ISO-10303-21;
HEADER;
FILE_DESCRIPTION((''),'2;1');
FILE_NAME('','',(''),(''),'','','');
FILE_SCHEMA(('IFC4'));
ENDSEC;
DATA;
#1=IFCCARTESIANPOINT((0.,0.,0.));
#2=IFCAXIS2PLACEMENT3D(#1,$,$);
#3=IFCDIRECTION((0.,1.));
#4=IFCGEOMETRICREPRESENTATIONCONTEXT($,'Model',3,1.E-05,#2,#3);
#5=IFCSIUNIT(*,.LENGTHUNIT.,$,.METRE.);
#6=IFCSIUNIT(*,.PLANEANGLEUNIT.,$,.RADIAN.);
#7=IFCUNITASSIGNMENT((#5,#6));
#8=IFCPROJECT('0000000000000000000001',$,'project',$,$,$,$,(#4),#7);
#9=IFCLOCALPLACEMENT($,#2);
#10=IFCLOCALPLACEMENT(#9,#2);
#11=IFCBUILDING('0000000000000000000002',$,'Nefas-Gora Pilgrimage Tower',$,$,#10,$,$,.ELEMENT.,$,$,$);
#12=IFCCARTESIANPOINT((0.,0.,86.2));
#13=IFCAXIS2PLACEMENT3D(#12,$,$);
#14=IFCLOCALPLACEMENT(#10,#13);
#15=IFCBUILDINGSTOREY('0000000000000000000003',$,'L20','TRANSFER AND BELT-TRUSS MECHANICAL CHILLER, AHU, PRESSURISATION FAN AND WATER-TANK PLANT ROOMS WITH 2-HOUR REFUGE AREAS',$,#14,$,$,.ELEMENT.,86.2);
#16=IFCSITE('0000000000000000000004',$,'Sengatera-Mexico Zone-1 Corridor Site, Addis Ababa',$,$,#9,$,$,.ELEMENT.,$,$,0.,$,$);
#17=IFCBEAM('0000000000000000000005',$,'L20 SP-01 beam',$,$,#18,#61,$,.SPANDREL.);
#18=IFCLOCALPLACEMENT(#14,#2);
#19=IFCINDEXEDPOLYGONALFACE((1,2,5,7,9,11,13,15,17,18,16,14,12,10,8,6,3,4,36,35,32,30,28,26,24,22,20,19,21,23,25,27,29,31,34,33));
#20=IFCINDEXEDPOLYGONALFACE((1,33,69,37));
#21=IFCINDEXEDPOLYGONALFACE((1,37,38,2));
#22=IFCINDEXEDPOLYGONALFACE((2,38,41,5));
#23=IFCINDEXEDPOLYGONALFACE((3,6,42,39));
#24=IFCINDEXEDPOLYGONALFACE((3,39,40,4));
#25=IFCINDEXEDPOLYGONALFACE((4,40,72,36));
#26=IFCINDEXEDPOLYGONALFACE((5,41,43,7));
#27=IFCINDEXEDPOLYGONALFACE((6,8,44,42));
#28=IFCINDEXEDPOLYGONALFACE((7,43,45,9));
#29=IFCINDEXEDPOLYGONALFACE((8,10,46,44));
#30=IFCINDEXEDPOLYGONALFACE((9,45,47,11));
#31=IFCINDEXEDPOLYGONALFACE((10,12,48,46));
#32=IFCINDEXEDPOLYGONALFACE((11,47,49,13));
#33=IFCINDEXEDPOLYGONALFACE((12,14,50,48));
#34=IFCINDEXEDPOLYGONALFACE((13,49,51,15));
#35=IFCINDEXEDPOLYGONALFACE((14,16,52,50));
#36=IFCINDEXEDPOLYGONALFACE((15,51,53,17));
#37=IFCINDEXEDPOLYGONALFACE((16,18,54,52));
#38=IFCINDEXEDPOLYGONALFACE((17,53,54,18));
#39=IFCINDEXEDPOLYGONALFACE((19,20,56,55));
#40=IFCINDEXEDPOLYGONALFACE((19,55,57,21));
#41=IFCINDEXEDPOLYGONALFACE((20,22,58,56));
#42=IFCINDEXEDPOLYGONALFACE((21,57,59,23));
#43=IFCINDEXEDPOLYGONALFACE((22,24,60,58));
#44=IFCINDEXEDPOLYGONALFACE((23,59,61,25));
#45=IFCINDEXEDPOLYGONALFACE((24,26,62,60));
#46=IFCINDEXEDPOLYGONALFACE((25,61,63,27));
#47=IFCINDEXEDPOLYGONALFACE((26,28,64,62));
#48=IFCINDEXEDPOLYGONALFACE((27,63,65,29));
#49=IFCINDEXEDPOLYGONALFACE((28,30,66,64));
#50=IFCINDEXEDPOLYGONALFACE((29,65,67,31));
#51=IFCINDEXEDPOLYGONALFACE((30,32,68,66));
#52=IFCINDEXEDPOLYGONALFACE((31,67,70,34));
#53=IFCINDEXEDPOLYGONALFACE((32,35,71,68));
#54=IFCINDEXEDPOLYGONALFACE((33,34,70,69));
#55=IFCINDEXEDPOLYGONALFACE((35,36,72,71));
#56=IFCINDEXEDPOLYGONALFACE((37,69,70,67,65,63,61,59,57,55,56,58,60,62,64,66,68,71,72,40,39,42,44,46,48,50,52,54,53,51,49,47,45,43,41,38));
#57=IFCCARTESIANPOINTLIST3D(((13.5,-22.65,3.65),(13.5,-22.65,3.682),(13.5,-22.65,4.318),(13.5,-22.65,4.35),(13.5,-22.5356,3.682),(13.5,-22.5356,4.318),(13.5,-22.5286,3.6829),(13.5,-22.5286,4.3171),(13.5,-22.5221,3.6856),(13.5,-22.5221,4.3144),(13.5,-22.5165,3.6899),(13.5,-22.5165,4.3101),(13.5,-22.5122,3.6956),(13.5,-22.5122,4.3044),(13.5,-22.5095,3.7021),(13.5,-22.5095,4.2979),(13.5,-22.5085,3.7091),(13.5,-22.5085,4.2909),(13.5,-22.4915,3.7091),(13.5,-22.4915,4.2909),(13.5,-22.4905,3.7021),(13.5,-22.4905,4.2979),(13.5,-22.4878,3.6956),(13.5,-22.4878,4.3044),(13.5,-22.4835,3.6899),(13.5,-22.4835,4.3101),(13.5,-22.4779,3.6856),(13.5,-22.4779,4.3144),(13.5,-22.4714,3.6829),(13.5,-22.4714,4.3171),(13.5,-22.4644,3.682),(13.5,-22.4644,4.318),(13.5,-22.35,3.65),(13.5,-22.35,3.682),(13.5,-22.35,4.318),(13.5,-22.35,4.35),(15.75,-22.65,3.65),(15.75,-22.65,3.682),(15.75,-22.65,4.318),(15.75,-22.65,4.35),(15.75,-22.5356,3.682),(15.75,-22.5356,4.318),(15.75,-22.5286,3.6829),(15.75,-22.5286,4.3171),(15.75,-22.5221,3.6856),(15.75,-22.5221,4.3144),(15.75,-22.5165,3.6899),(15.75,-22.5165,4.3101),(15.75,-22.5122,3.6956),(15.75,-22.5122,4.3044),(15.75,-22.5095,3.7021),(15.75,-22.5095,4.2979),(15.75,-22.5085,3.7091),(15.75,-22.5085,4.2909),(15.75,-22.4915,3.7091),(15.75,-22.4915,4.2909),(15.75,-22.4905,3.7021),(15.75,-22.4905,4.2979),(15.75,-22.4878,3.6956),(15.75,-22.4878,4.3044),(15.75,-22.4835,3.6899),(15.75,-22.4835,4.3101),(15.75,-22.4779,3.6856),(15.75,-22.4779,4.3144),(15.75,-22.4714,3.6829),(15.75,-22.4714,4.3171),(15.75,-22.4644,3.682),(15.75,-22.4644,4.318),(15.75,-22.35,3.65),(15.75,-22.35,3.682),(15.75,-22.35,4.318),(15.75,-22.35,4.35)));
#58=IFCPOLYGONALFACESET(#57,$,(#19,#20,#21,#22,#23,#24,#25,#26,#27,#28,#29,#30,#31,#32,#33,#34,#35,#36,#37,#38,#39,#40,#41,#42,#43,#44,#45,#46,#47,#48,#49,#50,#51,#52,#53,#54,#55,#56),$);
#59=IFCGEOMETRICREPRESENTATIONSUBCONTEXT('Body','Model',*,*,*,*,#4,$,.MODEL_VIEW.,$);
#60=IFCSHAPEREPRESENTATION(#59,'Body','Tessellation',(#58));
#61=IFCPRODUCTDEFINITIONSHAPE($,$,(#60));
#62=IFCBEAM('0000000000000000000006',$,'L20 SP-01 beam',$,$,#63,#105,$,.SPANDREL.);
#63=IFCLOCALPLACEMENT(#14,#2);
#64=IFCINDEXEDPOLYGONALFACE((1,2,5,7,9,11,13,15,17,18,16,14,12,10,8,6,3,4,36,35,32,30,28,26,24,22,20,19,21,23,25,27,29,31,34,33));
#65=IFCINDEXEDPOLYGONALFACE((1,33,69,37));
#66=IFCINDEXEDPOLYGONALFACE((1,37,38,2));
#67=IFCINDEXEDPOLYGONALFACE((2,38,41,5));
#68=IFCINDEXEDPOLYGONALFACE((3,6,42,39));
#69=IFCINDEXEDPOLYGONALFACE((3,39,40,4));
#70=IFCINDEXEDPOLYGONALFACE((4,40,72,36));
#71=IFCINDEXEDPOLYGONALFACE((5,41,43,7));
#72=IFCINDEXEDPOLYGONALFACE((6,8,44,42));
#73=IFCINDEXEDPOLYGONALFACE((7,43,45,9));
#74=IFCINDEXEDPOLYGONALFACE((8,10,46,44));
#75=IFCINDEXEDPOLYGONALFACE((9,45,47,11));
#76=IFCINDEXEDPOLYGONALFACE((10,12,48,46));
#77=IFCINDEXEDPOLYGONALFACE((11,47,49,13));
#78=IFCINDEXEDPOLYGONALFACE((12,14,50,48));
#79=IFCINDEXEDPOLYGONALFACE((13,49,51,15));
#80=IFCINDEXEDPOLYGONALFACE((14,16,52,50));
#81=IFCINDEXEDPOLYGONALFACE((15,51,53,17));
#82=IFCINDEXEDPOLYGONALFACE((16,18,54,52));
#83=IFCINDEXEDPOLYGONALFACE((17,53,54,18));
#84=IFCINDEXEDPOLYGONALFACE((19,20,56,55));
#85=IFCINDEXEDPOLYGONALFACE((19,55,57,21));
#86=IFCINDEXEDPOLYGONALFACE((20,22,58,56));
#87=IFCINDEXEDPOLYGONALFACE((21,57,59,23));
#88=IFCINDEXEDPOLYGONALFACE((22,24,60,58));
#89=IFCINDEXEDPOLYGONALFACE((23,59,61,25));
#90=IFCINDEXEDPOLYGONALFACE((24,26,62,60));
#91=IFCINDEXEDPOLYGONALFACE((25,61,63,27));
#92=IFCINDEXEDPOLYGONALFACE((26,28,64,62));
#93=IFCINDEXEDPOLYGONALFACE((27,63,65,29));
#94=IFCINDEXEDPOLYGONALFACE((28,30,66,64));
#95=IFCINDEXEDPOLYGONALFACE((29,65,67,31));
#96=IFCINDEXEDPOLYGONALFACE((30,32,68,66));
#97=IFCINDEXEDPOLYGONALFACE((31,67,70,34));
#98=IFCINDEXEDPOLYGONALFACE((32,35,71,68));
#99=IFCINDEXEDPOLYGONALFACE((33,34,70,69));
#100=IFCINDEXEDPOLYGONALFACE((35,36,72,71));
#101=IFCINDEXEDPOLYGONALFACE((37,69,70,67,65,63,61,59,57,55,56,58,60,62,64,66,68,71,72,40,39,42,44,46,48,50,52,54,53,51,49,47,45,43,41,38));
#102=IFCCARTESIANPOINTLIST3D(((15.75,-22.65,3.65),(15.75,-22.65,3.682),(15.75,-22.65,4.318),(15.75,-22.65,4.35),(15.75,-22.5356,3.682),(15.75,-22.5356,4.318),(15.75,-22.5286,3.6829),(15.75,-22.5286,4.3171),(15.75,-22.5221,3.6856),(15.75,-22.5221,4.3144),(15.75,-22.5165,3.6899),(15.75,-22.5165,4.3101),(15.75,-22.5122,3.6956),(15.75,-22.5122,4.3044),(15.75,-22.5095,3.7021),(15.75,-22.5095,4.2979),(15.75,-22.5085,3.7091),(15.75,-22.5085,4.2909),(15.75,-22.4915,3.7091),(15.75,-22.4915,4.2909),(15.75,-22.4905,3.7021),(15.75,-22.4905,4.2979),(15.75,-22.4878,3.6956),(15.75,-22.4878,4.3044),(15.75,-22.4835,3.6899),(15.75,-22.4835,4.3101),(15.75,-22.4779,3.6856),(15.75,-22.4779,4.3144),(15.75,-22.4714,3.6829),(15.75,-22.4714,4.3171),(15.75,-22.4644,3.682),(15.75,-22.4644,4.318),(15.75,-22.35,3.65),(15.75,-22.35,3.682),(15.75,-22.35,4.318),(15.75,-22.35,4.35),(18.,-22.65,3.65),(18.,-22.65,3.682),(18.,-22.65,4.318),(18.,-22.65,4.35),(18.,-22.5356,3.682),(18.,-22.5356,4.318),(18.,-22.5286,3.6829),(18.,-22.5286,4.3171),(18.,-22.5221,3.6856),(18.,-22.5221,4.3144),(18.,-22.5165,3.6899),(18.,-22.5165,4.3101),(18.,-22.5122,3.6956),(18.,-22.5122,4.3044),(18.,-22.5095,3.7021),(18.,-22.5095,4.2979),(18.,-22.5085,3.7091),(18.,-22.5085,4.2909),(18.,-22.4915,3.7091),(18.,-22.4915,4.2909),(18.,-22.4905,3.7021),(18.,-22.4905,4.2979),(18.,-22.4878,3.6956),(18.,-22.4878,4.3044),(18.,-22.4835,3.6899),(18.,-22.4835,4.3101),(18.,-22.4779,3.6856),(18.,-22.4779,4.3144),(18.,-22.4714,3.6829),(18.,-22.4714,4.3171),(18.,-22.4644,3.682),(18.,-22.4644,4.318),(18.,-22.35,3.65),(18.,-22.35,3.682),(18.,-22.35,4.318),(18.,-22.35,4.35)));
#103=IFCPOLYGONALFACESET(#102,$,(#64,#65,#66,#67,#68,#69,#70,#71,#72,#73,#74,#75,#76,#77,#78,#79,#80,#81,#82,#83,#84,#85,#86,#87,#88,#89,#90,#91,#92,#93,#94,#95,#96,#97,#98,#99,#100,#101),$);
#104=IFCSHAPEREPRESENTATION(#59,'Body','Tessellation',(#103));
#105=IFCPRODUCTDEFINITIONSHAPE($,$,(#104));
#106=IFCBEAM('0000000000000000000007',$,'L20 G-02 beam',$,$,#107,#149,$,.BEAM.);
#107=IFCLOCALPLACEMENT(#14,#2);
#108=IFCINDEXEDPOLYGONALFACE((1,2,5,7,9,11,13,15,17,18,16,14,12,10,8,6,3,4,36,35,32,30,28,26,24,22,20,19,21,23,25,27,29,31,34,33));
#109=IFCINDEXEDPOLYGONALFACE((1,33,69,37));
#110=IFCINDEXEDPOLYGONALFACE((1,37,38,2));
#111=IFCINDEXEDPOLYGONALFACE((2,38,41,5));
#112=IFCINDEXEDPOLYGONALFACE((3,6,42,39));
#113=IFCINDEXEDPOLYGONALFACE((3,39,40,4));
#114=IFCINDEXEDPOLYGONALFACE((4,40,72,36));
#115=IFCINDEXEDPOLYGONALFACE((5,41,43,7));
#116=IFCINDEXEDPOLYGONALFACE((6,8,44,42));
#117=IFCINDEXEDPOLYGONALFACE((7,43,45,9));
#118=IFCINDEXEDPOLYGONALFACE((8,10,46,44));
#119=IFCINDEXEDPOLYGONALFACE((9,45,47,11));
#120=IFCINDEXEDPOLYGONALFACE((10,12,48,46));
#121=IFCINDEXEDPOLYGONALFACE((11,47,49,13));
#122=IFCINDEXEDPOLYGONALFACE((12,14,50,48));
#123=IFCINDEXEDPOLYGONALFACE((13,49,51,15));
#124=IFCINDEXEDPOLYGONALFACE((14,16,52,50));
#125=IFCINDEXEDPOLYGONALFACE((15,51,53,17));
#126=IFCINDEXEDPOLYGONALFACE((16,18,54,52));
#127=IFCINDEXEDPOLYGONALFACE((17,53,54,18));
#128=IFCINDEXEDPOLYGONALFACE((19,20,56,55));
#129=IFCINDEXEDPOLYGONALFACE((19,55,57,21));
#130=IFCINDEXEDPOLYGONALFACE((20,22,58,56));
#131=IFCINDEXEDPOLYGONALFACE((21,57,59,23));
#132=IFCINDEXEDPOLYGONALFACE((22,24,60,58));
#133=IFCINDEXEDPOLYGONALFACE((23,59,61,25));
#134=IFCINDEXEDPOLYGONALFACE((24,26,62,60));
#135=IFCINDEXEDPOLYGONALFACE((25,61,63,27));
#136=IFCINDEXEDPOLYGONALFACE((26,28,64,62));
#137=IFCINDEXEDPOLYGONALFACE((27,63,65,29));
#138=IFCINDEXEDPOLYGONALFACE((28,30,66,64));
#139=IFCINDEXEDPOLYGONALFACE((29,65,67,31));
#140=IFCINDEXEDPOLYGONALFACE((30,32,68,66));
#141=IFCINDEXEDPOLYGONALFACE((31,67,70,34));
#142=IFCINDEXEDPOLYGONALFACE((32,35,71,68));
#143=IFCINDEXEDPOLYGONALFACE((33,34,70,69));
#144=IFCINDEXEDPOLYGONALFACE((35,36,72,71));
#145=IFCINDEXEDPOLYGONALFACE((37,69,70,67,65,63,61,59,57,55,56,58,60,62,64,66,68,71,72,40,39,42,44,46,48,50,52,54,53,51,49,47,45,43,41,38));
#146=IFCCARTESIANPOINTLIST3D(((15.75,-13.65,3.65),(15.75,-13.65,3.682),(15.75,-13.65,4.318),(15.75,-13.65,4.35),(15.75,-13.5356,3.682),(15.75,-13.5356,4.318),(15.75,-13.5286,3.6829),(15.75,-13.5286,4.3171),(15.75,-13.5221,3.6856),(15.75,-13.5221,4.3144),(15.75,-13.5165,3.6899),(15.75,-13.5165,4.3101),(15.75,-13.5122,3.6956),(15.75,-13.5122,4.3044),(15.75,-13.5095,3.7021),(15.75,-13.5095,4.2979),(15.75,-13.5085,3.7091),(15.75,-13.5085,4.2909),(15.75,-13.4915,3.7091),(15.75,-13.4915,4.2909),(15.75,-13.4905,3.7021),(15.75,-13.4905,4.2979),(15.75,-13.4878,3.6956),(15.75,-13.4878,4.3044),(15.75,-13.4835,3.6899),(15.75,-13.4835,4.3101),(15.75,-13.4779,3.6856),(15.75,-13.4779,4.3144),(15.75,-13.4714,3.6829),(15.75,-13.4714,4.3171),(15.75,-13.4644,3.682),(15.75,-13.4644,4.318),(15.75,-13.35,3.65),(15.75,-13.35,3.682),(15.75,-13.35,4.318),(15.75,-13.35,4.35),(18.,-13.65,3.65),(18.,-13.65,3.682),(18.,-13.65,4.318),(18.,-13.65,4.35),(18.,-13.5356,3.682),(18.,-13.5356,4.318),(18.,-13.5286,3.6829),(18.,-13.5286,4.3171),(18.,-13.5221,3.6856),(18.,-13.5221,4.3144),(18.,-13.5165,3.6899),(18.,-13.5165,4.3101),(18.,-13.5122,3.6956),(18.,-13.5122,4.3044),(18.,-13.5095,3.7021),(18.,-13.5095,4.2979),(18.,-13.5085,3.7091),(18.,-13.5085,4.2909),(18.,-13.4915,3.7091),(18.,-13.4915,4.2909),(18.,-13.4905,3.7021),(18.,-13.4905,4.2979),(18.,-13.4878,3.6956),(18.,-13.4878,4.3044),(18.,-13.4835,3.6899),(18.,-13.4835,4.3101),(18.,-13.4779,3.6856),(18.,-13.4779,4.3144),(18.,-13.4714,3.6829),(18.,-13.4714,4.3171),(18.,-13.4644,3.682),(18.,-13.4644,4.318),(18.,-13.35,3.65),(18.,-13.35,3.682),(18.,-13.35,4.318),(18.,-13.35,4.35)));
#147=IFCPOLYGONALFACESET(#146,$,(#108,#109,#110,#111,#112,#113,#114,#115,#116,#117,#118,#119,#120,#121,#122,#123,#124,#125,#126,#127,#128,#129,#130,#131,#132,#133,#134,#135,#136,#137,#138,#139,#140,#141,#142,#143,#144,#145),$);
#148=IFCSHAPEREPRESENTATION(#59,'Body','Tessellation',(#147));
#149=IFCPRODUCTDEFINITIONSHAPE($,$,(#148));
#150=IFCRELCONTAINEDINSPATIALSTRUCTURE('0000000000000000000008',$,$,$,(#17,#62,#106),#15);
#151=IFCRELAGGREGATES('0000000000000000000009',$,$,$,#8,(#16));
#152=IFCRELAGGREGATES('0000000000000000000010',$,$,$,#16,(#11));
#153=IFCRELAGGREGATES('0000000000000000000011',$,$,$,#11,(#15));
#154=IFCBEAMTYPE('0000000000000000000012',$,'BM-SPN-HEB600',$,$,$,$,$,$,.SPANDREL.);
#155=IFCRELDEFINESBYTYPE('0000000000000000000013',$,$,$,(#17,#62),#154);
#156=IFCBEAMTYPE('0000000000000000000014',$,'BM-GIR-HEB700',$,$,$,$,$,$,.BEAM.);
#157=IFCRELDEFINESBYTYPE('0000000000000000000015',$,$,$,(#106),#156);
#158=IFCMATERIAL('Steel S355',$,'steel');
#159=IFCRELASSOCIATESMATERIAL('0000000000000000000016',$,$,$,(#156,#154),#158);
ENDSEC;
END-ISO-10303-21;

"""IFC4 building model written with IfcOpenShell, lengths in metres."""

from ifc_helpers import new_model, si_unit, direction, frame, origin, origin_2d, place, context, subcontext, project, spatial, i_section, extrude, source, transform, mapped, material, material_profile, profile_set, type_object, element, save


model = new_model("IFC4")

# Units and contexts
model_context = context("Model", 3, precision=1e-05, world=origin(), true_north=direction((0.0, 1.0)))
body_context = subcontext(model_context, "Body", "Model", "MODEL_VIEW")
ifc_project = project(units=[si_unit("LENGTHUNIT", "METRE"), si_unit("PLANEANGLEUNIT", "RADIAN")], contexts=[model_context])

# Site, building, storey
site_placement = place(None, origin())
site = spatial("IfcSite", under=ifc_project, at=site_placement, Name="Sengatera-Mexico Zone-1 Corridor Site, Addis Ababa", CompositionType="ELEMENT", RefElevation=0.0)
building_placement = place(site_placement, origin())
building = spatial("IfcBuilding", under=site, at=building_placement, Name="Nefas-Gora Pilgrimage Tower", CompositionType="ELEMENT")
storey_placement = place(building_placement, frame((0.0, 0.0, 86.2)))
storey = spatial("IfcBuildingStorey", under=building, at=storey_placement, Name="L20", Description="TRANSFER AND BELT-TRUSS MECHANICAL CHILLER, AHU, PRESSURISATION FAN AND WATER-TANK PLANT ROOMS WITH 2-HOUR REFUGE AREAS", CompositionType="ELEMENT", Elevation=86.2)

# Beams
ifc_material_1 = material(Name="Steel S355", Category="steel")
ifc_material_profile_1 = material_profile(ifc_material_1, i_section(OverallWidth=0.3, OverallDepth=0.7, WebThickness=0.0171, FlangeThickness=0.032, FilletRadius=0.0271, at=origin_2d()), Name="HEB 700")
ifc_profile_set_1 = profile_set([ifc_material_profile_1], Name="Steel S355")
beam_type_1 = type_object("IfcBeamType", Name="BM-GIR-HEB700", PredefinedType="BEAM", material=ifc_profile_set_1)
ifc_material_profile_2 = material_profile(ifc_material_1, i_section(OverallWidth=0.3, OverallDepth=0.7, WebThickness=0.0171, FlangeThickness=0.032, FilletRadius=0.0271, at=origin_2d()), Name="HEB 700")
ifc_profile_set_2 = profile_set([ifc_material_profile_2], Name="Steel S355")
beam_type_2 = type_object("IfcBeamType", Name="BM-SPN-HEB600", PredefinedType="SPANDREL", material=ifc_profile_set_2)
shared_shape_1 = source(origin(), body_context, "Body", "SweptSolid", [
    extrude(i_section(OverallWidth=0.3, OverallDepth=0.7, WebThickness=0.0171, FlangeThickness=0.032, FilletRadius=0.0271, at=origin_2d()), origin(), (0.0, 0.0, 1.0), 2.25),
])
for number, where, z_axis, x_axis, name in (
    (1, (13.5, -22.5, 4.0), (1.0, 0.0, 0.0), (0.0, 1.0, 0.0), "L20 SP-01 beam"),
    (2, (15.75, -22.5, 4.0), (1.0, 0.0, 0.0), (0.0, 1.0, 0.0), "L20 SP-01 beam"),
):
    element("IfcBeam", number, at=place(storey_placement, frame(where, z_axis=z_axis, x_axis=x_axis)), inside=storey, type_object=beam_type_2, Name=name, PredefinedType="SPANDREL", context=body_context, shape_type="MappedRepresentation", body=[
        mapped(shared_shape_1, transform((0.0, 0.0, 0.0), x_axis=(1.0, 0.0, 0.0), y_axis=(0.0, 1.0, 0.0), z_axis=(0.0, 0.0, 1.0), scale=1.0)),
    ])
shared_shape_2 = source(origin(), body_context, "Body", "SweptSolid", [
    extrude(i_section(OverallWidth=0.3, OverallDepth=0.7, WebThickness=0.0171, FlangeThickness=0.032, FilletRadius=0.0271, at=origin_2d()), origin(), (0.0, 0.0, 1.0), 2.25),
])
beam_1_placement = place(storey_placement, frame((15.75, -13.5, 4.0), z_axis=(1.0, 0.0, 0.0), x_axis=(0.0, 1.0, 0.0)))
element("IfcBeam", 3, at=beam_1_placement, inside=storey, type_object=beam_type_1, Name="L20 G-02 beam", PredefinedType="BEAM", context=body_context, shape_type="MappedRepresentation", body=[
    mapped(shared_shape_2, transform((0.0, 0.0, 0.0), x_axis=(1.0, 0.0, 0.0), y_axis=(0.0, 1.0, 0.0), z_axis=(0.0, 0.0, 1.0), scale=1.0)),
])

save(model, "model.ifc")
